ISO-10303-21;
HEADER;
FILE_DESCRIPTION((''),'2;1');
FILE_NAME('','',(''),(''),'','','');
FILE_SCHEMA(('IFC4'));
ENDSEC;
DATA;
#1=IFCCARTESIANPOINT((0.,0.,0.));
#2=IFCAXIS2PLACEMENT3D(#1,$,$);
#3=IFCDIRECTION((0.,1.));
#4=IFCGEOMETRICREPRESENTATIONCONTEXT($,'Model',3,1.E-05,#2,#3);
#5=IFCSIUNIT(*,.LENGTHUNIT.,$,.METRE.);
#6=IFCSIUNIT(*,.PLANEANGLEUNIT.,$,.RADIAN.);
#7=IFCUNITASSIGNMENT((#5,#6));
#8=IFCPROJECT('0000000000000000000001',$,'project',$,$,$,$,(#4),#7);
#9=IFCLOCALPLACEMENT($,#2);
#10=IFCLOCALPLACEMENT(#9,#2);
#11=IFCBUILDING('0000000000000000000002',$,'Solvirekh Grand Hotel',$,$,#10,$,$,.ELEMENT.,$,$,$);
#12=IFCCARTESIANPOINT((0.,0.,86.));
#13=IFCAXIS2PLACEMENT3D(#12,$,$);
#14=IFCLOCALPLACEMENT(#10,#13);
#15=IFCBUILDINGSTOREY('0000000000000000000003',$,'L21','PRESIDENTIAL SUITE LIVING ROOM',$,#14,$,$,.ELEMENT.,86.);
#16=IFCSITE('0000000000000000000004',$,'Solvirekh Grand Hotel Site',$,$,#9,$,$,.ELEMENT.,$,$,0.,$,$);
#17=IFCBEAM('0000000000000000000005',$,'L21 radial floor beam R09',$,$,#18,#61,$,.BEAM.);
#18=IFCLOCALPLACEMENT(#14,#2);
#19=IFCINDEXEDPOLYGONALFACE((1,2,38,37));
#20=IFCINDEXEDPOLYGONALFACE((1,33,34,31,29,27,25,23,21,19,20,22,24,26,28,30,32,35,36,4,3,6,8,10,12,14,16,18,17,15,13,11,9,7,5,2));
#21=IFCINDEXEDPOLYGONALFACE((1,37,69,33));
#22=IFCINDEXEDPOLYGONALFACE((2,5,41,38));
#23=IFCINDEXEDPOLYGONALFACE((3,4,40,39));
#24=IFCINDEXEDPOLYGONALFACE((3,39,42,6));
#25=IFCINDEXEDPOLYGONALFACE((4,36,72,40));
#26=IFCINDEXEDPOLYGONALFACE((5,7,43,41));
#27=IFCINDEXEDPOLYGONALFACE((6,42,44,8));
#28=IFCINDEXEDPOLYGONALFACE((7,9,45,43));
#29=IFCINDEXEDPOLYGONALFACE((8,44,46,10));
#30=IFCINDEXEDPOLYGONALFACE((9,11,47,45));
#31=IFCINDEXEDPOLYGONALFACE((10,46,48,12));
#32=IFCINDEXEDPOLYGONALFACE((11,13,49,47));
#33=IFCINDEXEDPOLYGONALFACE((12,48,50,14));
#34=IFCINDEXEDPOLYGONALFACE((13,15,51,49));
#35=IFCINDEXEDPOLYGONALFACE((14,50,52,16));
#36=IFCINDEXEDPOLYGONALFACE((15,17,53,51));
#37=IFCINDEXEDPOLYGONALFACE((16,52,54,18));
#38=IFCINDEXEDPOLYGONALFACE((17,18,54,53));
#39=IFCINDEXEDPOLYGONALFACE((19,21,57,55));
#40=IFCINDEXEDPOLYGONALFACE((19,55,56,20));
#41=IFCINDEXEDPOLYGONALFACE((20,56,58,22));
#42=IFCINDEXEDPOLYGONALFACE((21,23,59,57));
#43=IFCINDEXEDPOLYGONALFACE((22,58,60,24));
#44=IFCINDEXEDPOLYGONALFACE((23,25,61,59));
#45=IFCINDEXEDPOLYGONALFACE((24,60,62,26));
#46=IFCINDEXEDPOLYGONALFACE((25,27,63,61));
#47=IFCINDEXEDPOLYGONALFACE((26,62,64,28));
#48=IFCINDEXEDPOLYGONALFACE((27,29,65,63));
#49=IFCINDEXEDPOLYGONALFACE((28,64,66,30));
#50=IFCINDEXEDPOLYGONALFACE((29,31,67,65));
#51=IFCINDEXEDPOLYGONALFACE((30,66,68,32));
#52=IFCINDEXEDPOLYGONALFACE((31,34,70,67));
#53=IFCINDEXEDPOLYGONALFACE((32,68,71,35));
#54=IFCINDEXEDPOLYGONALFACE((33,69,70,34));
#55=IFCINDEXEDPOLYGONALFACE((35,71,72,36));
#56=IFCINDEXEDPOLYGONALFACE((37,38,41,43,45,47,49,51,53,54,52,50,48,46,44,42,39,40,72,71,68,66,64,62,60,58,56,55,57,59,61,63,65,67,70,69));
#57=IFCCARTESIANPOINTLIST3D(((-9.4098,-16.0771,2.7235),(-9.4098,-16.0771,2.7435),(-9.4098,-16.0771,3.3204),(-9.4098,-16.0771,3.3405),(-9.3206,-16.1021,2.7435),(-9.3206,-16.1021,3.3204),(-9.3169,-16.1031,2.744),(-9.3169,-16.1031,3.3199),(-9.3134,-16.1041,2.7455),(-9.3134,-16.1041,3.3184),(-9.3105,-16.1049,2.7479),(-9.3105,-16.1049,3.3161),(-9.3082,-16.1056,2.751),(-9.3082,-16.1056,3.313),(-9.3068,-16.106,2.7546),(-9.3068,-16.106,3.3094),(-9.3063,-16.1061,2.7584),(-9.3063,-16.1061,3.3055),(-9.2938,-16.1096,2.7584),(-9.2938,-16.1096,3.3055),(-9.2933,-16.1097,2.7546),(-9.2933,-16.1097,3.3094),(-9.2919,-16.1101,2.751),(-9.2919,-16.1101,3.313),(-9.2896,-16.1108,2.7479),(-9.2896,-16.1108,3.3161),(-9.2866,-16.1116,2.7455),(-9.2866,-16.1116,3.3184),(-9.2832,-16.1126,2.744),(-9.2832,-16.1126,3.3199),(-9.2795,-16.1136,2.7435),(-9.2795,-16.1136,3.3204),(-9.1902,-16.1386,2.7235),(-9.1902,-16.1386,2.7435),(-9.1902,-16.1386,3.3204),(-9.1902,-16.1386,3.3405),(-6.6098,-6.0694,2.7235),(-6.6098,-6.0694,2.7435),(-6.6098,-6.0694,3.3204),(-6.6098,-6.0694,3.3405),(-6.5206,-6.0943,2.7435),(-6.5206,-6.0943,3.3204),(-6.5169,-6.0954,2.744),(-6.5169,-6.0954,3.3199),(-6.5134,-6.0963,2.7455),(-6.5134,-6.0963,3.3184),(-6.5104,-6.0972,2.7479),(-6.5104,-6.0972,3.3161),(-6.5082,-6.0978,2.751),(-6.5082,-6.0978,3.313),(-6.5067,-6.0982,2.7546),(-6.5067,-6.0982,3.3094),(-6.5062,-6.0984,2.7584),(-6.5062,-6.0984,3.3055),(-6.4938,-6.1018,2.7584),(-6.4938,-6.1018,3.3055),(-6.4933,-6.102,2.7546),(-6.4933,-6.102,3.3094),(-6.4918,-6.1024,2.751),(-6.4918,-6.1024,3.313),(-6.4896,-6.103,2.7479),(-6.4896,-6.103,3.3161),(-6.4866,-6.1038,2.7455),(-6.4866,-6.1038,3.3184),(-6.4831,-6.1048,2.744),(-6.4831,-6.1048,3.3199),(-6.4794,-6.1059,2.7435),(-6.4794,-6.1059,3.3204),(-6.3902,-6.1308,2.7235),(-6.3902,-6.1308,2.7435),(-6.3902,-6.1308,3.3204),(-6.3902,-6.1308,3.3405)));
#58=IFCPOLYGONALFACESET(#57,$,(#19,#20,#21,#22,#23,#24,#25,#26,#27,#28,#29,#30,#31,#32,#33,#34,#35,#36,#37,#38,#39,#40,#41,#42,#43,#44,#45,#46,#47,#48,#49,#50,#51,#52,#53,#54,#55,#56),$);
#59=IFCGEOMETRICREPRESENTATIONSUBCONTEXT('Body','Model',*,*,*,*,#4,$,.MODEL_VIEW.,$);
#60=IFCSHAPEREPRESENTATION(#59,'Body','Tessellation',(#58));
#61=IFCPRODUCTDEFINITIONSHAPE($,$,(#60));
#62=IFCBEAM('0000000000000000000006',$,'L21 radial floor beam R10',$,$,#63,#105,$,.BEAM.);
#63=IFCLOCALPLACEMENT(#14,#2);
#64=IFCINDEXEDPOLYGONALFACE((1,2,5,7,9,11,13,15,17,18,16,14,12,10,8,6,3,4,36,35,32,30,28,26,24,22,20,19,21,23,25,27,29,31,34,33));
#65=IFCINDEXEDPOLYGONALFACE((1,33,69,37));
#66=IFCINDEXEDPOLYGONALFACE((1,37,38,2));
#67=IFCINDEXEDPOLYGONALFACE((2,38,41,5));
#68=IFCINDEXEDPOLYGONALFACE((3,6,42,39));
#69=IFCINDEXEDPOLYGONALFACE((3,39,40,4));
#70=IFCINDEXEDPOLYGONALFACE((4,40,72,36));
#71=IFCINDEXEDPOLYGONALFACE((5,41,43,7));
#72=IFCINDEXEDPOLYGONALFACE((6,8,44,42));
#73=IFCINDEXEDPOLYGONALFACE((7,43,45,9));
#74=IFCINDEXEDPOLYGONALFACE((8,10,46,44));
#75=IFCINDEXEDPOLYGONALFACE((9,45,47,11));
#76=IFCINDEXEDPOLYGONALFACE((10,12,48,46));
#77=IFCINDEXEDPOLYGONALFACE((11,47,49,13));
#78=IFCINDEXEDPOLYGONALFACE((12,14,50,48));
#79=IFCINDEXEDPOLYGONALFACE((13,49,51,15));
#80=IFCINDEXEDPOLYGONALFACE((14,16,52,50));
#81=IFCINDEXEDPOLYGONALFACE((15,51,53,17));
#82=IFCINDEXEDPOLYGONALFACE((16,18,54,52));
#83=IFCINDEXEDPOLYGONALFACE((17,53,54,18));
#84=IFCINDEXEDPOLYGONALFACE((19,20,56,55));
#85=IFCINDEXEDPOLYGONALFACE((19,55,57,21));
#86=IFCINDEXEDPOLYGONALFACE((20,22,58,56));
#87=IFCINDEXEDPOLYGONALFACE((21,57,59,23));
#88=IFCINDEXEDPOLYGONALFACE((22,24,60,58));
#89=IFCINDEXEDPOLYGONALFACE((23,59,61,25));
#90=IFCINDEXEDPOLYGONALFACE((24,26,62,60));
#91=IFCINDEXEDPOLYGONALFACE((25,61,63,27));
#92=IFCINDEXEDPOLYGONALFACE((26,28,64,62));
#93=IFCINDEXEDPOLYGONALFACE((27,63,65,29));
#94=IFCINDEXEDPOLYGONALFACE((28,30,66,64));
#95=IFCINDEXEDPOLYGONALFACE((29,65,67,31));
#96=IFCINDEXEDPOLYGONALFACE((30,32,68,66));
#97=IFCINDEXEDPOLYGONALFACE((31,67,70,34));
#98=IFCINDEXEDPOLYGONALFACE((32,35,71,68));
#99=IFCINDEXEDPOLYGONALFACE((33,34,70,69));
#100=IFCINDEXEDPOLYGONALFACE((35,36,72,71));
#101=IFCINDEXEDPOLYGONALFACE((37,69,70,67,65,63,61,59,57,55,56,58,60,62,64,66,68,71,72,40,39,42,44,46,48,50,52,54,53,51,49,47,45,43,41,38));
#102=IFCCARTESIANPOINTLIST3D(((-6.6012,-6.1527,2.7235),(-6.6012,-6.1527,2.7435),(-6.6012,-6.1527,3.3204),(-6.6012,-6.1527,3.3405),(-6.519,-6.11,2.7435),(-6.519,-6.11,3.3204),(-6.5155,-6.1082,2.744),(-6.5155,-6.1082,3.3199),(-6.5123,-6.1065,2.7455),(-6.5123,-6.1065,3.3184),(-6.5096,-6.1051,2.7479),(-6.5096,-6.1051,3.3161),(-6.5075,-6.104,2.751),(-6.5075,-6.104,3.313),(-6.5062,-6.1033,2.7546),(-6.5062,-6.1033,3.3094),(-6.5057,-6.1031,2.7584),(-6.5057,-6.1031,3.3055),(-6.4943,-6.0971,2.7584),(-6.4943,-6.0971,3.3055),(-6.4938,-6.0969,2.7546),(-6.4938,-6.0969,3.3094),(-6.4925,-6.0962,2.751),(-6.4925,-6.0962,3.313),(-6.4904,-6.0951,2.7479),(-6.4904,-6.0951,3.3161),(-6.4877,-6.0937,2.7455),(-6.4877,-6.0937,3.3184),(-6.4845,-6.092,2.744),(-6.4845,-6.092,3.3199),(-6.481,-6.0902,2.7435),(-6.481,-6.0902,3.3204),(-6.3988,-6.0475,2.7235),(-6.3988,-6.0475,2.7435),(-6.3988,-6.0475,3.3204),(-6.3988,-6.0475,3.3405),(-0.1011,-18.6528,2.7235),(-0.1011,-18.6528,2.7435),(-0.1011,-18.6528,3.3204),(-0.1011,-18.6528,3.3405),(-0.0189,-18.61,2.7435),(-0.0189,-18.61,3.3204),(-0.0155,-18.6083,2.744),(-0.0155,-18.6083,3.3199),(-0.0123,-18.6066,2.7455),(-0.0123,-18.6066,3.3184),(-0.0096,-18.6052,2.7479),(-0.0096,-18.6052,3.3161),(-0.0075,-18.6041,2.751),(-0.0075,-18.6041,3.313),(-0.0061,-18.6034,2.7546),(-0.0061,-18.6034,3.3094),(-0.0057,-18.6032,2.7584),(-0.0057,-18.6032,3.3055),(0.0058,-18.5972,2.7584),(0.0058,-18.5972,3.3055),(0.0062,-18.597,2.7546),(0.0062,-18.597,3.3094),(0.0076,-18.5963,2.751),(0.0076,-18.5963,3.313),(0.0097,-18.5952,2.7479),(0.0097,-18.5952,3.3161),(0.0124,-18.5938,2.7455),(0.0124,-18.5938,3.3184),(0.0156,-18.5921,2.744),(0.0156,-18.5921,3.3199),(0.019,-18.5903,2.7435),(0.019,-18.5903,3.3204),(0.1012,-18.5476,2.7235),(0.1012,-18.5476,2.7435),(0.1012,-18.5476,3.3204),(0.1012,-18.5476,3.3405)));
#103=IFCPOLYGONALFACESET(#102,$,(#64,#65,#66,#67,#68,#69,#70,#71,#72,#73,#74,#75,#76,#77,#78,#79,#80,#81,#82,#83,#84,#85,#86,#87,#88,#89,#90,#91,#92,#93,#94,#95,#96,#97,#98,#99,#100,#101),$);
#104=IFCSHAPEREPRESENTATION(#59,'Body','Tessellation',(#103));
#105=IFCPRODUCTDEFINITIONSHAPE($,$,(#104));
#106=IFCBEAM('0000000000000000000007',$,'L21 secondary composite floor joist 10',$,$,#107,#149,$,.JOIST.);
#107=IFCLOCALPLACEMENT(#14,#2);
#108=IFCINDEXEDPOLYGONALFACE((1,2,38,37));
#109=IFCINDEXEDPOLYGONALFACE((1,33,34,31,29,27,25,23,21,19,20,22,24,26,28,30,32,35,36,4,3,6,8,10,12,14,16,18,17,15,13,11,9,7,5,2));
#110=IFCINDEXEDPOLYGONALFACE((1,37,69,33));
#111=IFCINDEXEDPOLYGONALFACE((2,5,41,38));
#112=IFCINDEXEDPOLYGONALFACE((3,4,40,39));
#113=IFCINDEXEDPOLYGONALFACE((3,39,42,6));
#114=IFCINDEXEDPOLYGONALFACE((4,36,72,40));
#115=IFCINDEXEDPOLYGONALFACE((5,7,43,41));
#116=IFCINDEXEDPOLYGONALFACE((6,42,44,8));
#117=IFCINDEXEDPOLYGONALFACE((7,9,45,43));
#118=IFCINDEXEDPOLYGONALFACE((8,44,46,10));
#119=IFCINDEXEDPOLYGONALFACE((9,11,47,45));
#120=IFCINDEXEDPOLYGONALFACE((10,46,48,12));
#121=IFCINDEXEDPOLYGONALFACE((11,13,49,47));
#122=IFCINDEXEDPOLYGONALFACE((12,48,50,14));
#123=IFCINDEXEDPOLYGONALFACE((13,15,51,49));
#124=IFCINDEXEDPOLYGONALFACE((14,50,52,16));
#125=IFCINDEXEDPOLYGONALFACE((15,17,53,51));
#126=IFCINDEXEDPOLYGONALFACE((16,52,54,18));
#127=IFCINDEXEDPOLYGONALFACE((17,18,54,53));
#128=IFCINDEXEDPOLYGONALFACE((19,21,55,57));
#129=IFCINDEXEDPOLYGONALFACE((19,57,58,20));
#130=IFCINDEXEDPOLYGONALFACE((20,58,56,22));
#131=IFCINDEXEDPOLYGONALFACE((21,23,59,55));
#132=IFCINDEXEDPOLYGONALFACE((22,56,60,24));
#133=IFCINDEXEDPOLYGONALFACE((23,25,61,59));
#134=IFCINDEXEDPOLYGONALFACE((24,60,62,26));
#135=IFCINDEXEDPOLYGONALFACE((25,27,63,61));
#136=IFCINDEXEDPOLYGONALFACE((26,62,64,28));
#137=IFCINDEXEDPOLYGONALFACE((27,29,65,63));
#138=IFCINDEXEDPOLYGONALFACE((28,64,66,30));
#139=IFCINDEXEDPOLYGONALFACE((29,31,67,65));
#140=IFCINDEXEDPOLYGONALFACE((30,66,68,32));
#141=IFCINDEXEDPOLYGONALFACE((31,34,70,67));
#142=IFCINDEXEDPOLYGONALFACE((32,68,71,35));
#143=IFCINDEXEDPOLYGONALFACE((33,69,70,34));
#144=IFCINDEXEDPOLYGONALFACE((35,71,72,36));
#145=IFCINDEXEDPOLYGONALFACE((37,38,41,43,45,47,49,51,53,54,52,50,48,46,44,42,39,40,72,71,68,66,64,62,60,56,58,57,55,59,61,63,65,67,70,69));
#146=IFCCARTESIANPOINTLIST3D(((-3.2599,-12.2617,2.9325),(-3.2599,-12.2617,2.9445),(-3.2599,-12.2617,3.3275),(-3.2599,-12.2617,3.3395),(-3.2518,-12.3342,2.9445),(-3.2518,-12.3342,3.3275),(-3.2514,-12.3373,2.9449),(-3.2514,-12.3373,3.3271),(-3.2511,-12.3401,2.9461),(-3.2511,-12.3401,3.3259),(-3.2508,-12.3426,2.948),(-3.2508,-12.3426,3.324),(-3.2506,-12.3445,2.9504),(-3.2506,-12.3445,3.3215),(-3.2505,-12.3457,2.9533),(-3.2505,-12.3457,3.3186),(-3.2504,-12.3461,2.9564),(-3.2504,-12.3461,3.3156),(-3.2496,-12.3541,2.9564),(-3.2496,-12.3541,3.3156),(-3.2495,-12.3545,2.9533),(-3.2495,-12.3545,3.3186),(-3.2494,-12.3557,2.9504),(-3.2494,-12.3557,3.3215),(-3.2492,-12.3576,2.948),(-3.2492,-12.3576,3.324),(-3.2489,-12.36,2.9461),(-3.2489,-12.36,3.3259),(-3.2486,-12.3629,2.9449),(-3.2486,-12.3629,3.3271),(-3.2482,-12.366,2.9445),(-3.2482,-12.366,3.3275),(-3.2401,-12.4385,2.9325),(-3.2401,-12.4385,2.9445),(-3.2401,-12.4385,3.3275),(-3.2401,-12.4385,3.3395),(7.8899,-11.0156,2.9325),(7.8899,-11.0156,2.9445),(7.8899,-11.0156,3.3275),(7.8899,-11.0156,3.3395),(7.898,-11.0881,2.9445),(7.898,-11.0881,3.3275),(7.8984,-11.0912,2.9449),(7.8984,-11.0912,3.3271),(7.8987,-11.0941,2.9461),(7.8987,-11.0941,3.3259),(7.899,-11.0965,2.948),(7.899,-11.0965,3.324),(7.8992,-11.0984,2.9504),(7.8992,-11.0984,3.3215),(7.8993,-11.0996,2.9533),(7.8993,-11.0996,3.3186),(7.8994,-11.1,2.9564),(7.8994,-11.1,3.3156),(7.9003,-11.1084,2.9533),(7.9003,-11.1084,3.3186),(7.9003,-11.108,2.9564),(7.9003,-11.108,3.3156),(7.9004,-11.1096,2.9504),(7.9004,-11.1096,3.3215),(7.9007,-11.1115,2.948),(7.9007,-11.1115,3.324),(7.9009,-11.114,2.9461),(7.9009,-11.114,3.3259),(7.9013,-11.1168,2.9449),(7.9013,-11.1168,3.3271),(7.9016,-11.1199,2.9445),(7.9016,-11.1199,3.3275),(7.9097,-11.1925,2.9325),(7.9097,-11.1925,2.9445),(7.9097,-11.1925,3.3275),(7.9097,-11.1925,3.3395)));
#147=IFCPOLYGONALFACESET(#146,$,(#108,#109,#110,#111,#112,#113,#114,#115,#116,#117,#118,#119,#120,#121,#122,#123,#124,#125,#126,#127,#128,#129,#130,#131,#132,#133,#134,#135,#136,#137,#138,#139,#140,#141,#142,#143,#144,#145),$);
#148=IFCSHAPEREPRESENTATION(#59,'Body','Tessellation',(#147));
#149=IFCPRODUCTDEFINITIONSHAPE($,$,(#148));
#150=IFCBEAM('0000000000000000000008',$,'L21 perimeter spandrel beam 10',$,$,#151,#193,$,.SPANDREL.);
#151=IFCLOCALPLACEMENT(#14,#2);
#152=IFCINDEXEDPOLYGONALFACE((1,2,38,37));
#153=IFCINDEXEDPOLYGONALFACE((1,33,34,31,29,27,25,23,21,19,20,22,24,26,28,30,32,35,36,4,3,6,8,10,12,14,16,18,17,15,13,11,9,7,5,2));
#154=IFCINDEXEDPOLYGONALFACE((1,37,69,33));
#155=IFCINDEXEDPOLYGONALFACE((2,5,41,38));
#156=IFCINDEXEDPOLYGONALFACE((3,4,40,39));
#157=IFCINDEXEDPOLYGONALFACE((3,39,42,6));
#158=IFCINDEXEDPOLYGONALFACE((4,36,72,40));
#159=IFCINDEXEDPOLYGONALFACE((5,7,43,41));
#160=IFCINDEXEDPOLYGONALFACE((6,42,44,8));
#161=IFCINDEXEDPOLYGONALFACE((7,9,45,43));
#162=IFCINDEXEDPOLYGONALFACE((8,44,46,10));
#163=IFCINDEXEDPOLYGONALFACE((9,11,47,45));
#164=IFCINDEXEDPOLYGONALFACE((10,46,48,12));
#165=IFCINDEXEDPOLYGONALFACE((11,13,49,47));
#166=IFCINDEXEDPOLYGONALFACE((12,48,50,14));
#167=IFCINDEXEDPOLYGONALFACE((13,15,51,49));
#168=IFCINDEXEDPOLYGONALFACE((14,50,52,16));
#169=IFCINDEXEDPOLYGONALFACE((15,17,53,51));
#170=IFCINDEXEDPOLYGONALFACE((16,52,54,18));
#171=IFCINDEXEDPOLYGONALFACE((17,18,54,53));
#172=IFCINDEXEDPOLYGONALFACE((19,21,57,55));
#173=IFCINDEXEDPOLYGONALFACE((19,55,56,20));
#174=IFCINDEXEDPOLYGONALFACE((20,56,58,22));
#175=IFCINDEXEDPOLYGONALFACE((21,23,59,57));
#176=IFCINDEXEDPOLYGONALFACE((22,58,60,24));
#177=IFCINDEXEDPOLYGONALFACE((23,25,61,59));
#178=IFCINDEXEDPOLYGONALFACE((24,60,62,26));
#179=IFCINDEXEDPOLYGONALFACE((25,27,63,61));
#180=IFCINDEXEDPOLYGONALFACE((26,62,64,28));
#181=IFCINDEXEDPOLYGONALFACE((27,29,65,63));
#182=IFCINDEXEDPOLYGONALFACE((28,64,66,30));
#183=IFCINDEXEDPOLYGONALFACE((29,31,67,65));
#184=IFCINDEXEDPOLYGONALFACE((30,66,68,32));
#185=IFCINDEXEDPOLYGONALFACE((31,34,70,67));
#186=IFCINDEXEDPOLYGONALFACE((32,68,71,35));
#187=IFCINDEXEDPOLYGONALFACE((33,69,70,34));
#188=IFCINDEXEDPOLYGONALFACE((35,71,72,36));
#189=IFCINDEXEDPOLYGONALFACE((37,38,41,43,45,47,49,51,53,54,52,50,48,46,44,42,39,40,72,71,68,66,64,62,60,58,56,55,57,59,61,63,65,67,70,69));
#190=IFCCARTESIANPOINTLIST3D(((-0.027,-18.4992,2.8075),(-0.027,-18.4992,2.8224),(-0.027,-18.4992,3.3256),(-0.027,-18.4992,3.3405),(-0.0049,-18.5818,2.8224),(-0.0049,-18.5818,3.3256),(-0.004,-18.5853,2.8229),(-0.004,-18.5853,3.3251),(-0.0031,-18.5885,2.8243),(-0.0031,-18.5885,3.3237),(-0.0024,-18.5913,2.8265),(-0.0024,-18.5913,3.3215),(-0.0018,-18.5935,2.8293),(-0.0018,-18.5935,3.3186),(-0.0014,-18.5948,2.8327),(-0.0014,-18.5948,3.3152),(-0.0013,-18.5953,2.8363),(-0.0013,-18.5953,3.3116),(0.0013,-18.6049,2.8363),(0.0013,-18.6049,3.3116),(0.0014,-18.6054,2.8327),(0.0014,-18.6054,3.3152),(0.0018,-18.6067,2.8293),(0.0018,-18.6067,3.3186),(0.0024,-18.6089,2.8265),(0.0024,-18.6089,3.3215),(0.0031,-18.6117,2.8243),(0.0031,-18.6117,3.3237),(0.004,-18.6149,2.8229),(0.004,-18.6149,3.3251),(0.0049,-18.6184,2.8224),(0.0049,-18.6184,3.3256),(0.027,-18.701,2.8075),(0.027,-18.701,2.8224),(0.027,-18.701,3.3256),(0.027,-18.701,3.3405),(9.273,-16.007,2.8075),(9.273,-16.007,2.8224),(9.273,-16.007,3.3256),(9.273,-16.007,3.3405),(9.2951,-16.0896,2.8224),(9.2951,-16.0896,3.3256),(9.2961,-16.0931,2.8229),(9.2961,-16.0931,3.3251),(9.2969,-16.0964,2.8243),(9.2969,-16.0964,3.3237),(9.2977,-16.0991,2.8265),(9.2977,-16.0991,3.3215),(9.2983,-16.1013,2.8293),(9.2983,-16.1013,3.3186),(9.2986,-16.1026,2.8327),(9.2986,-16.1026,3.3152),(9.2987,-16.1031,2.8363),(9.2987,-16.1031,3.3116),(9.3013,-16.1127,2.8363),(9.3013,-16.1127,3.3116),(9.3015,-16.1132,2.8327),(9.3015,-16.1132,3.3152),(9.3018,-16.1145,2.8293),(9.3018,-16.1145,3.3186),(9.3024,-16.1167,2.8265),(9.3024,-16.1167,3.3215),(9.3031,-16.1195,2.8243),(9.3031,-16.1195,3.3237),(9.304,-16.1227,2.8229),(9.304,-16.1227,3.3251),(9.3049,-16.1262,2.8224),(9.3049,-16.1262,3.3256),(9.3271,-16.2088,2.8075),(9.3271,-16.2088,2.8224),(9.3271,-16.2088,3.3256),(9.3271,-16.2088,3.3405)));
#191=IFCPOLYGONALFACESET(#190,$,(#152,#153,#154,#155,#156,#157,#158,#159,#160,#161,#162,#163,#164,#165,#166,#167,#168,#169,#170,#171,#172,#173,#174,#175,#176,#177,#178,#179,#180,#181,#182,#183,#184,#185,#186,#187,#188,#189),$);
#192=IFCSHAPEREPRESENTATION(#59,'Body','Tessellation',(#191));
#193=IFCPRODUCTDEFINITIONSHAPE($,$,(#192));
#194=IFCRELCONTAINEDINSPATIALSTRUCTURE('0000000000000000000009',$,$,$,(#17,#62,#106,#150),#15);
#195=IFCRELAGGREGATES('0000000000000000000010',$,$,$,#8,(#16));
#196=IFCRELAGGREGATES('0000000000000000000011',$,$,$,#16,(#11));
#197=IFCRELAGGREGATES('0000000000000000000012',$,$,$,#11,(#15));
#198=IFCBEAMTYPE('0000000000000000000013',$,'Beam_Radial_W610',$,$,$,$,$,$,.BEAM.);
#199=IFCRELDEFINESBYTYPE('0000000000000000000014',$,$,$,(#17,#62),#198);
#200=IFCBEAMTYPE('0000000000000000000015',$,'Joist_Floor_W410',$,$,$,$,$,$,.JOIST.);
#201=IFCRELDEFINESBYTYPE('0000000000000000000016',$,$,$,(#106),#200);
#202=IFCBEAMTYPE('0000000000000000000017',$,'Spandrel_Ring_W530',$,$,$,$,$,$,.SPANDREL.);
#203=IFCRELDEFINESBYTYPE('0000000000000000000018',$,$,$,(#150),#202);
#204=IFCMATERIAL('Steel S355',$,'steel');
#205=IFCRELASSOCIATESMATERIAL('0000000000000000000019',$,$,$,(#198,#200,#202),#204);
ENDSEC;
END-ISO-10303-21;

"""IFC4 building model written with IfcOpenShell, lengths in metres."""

from ifc_helpers import new_model, si_unit, direction, frame, origin, origin_2d, place, context, subcontext, project, spatial, i_section, extrude, material, material_profile, profile_set, type_object, element, save


model = new_model("IFC4")

# Units and contexts
model_context = context("Model", 3, precision=1e-05, world=origin(), true_north=direction((0.0, 1.0)))
body_context = subcontext(model_context, "Body", "Model", "MODEL_VIEW")
ifc_project = project(units=[si_unit("LENGTHUNIT", "METRE"), si_unit("PLANEANGLEUNIT", "RADIAN")], contexts=[model_context])

# Site, building, storey
site_placement = place(None, origin())
site = spatial("IfcSite", under=ifc_project, at=site_placement, Name="Solvirekh Grand Hotel Site", CompositionType="ELEMENT", RefElevation=0.0)
building_placement = place(site_placement, origin())
building = spatial("IfcBuilding", under=site, at=building_placement, Name="Solvirekh Grand Hotel", CompositionType="ELEMENT")
storey_placement = place(building_placement, frame((0.0, 0.0, 86.0)))
storey = spatial("IfcBuildingStorey", under=building, at=storey_placement, Name="L21", Description="PRESIDENTIAL SUITE LIVING ROOM", CompositionType="ELEMENT", Elevation=86.0)

# Beams
ifc_material_1 = material(Name="Steel S355", Category="steel")
ifc_material_profile_1 = material_profile(ifc_material_1, i_section(OverallWidth=0.228, OverallDepth=0.6169, WebThickness=0.0129, FlangeThickness=0.02, FilletRadius=0.0149, at=origin_2d()), Name="W610X140")
ifc_profile_set_1 = profile_set([ifc_material_profile_1], Name="Steel S355")
beam_type_1 = type_object("IfcBeamType", Name="Beam_Radial_W610", PredefinedType="BEAM", material=ifc_profile_set_1)
beam_1_placement = place(storey_placement, frame((-6.5, -6.1001, 3.032), z_axis=(-0.269439, -0.963017, 0.0), x_axis=(0.963017, -0.269439, 0.0)))
element("IfcBeam", 1, at=beam_1_placement, inside=storey, type_object=beam_type_1, Name="L21 radial floor beam R09", PredefinedType="BEAM", context=body_context, shape_type="SweptSolid", body=[
    extrude(i_section(OverallWidth=0.228, OverallDepth=0.6169, WebThickness=0.0129, FlangeThickness=0.02, FilletRadius=0.0149, at=origin_2d()), origin(), (0.0, 0.0, 1.0), 10.3921),
])
beam_2_placement = place(storey_placement, frame((-6.5, -6.1001, 3.032), z_axis=(0.461353, -0.887217, 0.0), x_axis=(0.887217, 0.461353, 0.0)))
element("IfcBeam", 2, at=beam_2_placement, inside=storey, type_object=beam_type_1, Name="L21 radial floor beam R10", PredefinedType="BEAM", context=body_context, shape_type="SweptSolid", body=[
    extrude(i_section(OverallWidth=0.228, OverallDepth=0.6169, WebThickness=0.0129, FlangeThickness=0.02, FilletRadius=0.0149, at=origin_2d()), origin(), (0.0, 0.0, 1.0), 14.0891),
])
ifc_material_profile_2 = material_profile(ifc_material_1, i_section(OverallWidth=0.178, OverallDepth=0.407, WebThickness=0.0081, FlangeThickness=0.012, FilletRadius=0.012, at=origin_2d()), Name="W410X60")
ifc_profile_set_2 = profile_set([ifc_material_profile_2], Name="Steel S355")
beam_type_2 = type_object("IfcBeamType", Name="Joist_Floor_W410", PredefinedType="JOIST", material=ifc_profile_set_2)
beam_3_placement = place(storey_placement, frame((-3.25, -12.3501, 3.136), z_axis=(0.993813, 0.111067, 0.0), x_axis=(-0.111067, 0.993813, 0.0)))
element("IfcBeam", 3, at=beam_3_placement, inside=storey, type_object=beam_type_2, Name="L21 secondary composite floor joist 10", PredefinedType="JOIST", context=body_context, shape_type="SweptSolid", body=[
    extrude(i_section(OverallWidth=0.178, OverallDepth=0.407, WebThickness=0.0081, FlangeThickness=0.012, FilletRadius=0.012, at=origin_2d()), origin(), (0.0, 0.0, 1.0), 11.2192),
])
ifc_material_profile_3 = material_profile(ifc_material_1, i_section(OverallWidth=0.209, OverallDepth=0.533, WebThickness=0.01, FlangeThickness=0.0149, FilletRadius=0.0139, at=origin_2d()), Name="W530X92")
ifc_profile_set_3 = profile_set([ifc_material_profile_3], Name="Steel S355")
beam_type_3 = type_object("IfcBeamType", Name="Spandrel_Ring_W530", PredefinedType="SPANDREL", material=ifc_profile_set_3)
beam_4_placement = place(storey_placement, frame((0.0, -18.6001, 3.074), z_axis=(0.965919, 0.258843, 0.0), x_axis=(-0.258843, 0.965919, 0.0)))
element("IfcBeam", 4, at=beam_4_placement, inside=storey, type_object=beam_type_3, Name="L21 perimeter spandrel beam 10", PredefinedType="SPANDREL", context=body_context, shape_type="SweptSolid", body=[
    extrude(i_section(OverallWidth=0.209, OverallDepth=0.533, WebThickness=0.01, FlangeThickness=0.0149, FilletRadius=0.0139, at=origin_2d()), origin(), (0.0, 0.0, 1.0), 9.6282),
])

save(model, "model.ifc")
